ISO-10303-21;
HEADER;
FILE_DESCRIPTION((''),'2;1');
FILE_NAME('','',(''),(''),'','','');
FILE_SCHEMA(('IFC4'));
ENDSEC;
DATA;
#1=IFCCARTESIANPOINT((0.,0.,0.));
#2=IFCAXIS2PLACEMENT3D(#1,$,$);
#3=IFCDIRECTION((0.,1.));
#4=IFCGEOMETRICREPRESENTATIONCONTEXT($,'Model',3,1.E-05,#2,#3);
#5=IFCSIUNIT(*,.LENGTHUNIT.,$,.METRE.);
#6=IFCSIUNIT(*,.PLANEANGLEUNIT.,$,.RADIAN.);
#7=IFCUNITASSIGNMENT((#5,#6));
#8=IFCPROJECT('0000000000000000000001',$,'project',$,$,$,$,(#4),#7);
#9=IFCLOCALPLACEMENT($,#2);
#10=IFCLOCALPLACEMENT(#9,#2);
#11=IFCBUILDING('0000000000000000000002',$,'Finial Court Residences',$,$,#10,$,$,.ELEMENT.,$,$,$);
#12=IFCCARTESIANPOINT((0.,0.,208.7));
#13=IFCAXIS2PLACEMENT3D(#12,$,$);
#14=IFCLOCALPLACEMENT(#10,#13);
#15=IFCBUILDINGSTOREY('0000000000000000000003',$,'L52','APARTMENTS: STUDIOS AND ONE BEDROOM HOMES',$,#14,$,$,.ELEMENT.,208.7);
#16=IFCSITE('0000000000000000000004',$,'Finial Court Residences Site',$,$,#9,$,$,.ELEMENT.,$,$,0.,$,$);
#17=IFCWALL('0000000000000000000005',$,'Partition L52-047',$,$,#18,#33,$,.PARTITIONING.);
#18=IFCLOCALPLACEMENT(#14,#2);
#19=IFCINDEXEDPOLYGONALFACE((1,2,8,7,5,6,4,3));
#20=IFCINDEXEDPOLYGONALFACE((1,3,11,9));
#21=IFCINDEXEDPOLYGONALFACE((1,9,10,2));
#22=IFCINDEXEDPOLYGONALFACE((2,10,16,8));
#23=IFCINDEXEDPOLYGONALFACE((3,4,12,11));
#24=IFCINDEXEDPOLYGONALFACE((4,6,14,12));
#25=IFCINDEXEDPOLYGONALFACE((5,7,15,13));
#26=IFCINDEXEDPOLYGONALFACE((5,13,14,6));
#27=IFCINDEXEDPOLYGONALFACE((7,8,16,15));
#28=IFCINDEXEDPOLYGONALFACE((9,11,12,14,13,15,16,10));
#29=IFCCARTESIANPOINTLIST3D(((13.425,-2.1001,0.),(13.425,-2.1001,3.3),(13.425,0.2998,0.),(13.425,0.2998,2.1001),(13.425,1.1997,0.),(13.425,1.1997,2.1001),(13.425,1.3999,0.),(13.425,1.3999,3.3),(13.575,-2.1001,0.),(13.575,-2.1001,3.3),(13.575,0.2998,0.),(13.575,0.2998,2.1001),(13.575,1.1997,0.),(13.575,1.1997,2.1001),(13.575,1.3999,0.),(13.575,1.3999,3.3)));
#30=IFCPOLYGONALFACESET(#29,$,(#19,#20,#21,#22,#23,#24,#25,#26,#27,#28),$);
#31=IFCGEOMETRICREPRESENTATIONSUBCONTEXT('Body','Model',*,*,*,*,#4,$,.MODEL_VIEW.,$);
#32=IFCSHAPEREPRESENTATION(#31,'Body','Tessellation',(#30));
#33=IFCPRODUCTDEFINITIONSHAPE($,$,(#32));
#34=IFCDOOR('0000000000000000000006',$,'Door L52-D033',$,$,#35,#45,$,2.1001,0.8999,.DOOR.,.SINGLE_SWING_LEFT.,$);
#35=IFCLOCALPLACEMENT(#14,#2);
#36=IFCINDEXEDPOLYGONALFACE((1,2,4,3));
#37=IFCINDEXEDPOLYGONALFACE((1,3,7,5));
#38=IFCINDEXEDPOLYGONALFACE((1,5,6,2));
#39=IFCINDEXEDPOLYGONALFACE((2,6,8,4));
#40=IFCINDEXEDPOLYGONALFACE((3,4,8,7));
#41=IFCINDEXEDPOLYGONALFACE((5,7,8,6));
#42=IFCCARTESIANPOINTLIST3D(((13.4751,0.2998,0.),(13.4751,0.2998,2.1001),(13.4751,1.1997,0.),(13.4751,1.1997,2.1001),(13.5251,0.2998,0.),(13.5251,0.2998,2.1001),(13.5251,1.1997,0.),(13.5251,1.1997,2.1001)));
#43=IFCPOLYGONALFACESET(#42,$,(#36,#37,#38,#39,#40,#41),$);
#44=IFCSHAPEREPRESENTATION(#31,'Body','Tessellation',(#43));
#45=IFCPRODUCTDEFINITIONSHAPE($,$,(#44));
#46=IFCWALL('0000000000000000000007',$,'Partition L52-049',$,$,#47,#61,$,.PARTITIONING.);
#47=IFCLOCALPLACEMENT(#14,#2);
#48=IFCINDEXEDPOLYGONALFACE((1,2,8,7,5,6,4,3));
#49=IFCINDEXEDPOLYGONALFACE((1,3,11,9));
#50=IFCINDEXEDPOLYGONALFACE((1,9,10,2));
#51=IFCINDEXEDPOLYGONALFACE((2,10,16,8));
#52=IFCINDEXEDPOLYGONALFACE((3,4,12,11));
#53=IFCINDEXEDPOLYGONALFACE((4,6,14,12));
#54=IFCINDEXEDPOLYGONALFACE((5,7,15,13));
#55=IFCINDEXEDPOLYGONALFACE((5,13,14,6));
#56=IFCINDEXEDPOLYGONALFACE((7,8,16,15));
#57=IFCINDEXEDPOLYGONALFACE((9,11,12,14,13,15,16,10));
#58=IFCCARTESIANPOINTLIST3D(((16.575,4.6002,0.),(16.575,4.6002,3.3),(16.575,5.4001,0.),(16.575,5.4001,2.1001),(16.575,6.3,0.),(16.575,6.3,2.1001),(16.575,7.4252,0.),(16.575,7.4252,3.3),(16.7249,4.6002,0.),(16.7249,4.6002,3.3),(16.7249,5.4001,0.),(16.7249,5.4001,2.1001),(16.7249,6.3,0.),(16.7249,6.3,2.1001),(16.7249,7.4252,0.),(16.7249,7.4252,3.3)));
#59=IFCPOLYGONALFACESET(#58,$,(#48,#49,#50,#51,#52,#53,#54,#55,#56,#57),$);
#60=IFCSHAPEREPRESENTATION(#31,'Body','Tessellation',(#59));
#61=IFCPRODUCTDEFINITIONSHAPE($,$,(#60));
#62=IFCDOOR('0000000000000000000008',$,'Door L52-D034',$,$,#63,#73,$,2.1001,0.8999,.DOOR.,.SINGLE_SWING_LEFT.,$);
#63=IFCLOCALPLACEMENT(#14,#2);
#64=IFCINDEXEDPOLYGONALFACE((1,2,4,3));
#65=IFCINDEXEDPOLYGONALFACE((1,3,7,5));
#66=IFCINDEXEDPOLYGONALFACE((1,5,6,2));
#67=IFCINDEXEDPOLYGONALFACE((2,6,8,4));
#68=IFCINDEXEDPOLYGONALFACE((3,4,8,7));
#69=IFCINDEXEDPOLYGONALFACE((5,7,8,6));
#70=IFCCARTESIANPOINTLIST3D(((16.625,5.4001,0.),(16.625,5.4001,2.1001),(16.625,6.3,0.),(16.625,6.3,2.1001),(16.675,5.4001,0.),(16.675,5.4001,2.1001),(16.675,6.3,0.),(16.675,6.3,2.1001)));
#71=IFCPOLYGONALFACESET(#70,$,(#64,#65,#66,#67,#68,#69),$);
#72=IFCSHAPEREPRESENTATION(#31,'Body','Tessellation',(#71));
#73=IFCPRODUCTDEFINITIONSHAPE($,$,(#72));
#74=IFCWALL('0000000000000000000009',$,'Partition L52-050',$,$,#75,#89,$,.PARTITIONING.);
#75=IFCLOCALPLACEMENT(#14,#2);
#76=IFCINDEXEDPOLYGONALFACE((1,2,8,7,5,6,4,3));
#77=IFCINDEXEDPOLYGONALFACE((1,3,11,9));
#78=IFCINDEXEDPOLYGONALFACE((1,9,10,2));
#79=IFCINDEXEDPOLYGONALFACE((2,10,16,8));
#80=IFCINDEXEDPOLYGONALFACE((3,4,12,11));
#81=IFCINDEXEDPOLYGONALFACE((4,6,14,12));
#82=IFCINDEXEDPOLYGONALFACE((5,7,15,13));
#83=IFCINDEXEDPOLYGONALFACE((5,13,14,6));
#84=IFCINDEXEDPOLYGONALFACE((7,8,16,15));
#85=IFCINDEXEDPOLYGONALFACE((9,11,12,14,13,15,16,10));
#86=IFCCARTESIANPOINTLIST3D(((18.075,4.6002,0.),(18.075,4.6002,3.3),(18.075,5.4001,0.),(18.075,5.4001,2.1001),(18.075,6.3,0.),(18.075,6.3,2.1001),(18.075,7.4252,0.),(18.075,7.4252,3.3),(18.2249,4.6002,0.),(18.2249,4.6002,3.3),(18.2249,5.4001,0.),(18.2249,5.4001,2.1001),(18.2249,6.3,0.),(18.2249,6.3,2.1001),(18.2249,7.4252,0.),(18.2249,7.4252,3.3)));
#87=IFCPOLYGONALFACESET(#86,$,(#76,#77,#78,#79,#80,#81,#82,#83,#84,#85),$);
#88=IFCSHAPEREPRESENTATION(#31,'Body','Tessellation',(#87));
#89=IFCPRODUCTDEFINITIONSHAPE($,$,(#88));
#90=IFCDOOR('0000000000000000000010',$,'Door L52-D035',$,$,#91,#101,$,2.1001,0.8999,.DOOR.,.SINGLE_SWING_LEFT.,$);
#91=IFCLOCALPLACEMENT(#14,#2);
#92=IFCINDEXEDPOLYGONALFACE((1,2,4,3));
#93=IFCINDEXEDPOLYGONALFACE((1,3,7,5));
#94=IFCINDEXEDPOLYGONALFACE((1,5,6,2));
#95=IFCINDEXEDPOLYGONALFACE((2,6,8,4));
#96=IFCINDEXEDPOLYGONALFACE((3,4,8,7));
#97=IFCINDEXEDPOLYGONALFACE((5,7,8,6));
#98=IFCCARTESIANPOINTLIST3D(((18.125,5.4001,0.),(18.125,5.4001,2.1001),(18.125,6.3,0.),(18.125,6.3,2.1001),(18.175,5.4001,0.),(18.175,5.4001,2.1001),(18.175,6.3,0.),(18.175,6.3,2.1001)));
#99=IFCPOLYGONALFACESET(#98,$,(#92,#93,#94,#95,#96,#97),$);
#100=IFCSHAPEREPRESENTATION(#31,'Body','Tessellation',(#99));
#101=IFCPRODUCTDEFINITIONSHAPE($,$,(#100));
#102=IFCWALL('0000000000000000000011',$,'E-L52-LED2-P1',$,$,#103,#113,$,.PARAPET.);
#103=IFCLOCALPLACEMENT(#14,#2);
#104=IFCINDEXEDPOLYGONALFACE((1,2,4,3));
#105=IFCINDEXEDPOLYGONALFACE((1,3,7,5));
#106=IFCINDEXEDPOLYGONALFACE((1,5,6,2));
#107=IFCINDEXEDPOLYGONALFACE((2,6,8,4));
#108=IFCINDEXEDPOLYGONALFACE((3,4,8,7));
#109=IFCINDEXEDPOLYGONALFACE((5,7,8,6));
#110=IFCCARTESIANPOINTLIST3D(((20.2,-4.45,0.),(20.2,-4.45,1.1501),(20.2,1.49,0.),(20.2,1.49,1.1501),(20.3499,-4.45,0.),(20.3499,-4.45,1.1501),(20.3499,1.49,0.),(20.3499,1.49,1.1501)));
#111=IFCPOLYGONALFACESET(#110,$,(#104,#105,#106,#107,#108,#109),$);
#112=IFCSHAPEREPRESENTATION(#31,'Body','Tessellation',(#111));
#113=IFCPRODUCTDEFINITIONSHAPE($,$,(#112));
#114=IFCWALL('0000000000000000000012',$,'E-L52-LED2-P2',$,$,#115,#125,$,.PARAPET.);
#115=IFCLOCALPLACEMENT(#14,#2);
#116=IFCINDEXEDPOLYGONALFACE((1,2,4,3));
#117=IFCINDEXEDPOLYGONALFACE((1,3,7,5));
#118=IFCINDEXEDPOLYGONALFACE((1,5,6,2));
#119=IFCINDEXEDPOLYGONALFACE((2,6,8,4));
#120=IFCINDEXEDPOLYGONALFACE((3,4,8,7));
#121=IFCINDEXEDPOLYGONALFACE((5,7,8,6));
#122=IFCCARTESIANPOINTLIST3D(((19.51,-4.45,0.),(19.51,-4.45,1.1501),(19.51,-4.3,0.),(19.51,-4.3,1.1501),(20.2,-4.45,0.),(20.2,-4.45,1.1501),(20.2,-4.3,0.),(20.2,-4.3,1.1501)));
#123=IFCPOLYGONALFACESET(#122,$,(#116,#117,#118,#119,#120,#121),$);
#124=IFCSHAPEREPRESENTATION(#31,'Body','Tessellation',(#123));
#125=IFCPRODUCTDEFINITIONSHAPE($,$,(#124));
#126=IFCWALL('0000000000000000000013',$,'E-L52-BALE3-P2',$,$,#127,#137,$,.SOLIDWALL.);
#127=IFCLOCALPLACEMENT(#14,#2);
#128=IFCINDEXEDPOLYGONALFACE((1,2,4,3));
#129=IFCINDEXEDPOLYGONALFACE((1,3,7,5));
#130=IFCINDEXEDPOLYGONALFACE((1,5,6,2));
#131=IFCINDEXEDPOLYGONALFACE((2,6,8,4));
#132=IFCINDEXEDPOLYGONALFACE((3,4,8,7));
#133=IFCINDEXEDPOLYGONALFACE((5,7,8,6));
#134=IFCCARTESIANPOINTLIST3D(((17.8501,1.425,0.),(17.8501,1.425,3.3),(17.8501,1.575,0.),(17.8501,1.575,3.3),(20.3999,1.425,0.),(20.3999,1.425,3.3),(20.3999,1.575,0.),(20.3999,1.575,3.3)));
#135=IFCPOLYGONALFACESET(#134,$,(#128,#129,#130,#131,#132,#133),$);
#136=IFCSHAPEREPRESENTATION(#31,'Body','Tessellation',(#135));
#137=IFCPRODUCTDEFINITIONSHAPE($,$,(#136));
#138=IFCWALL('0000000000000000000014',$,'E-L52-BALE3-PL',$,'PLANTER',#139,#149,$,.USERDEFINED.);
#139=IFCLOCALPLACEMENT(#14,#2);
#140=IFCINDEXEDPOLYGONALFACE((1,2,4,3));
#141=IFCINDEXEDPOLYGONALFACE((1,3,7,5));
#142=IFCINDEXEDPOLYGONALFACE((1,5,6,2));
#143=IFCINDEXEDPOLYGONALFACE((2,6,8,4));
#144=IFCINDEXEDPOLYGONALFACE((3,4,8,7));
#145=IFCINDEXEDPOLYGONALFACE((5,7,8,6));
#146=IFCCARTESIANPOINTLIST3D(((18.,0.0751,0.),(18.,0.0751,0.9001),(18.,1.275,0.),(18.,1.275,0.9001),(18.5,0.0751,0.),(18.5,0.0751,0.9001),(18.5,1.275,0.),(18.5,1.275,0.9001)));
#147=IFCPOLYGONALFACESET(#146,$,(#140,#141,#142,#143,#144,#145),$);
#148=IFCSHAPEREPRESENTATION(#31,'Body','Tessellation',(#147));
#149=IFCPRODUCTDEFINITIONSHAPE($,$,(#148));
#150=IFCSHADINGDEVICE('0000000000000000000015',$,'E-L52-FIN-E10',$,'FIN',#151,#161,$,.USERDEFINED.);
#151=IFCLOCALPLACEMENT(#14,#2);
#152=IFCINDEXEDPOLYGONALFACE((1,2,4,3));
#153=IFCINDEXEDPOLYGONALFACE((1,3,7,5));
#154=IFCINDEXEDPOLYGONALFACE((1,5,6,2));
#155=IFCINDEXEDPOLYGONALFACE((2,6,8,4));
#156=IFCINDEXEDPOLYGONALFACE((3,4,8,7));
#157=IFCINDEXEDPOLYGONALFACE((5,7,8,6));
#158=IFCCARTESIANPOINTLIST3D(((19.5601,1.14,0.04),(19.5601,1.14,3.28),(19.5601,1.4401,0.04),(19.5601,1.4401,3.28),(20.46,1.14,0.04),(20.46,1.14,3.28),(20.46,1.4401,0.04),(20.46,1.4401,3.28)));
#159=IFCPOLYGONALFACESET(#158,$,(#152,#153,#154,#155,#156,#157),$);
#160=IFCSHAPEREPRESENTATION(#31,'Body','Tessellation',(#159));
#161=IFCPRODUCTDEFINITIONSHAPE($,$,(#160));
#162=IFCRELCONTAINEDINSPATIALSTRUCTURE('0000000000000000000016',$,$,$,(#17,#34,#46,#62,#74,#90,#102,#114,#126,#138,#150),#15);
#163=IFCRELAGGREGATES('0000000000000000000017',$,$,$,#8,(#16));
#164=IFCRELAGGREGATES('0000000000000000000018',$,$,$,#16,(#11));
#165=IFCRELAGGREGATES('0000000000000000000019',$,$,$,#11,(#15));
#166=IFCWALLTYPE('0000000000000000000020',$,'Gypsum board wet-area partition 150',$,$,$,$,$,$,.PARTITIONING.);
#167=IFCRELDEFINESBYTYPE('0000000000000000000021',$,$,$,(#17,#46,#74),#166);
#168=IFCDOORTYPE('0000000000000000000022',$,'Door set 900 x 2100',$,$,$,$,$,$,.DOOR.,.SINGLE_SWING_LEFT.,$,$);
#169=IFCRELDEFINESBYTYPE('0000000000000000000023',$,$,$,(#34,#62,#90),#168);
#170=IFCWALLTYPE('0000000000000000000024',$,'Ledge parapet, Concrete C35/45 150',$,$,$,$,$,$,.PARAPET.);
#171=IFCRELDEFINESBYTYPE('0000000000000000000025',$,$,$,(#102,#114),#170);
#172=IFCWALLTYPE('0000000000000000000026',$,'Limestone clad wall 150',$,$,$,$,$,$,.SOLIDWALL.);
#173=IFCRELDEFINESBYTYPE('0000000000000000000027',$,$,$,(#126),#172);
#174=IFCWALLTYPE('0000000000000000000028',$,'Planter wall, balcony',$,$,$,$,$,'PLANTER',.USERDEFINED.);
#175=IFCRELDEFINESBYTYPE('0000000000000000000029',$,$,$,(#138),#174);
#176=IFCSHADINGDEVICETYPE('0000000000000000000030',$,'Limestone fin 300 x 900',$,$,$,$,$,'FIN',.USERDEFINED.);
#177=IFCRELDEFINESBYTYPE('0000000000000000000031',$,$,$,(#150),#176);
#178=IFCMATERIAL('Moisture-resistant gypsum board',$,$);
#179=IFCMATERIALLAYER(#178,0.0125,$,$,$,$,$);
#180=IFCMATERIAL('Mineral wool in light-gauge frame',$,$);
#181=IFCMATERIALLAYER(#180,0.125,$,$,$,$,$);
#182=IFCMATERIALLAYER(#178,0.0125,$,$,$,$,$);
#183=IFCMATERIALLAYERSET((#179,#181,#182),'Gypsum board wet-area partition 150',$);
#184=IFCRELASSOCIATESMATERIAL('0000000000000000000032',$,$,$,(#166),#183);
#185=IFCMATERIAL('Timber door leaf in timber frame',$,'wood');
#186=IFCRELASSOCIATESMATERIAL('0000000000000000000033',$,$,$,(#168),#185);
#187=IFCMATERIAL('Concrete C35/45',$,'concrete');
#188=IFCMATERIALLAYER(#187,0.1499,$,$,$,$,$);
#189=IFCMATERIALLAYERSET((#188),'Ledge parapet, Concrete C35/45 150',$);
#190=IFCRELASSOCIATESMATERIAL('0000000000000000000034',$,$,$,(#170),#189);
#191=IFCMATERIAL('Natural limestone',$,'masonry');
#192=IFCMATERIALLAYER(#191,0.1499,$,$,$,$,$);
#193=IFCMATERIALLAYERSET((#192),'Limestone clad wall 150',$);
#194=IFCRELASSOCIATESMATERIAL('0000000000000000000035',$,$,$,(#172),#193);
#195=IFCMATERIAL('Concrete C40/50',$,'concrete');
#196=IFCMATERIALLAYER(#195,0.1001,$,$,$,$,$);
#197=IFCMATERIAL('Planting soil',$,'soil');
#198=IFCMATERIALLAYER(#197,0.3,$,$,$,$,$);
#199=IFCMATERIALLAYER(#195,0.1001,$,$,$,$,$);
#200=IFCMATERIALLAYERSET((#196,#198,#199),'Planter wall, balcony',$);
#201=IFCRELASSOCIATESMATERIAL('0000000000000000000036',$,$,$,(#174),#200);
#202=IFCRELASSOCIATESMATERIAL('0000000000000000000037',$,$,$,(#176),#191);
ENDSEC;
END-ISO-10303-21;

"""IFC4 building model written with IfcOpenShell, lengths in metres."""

from ifc_helpers import new_model, si_unit, direction, frame, frame_2d, origin, origin_2d, place, context, subcontext, project, spatial, rectangle, extrude, material, layer, layer_set, type_object, element, fill, save


model = new_model("IFC4")

# Units and contexts
model_context = context("Model", 3, precision=1e-05, world=origin(), true_north=direction((0.0, 1.0)))
body_context = subcontext(model_context, "Body", "Model", "MODEL_VIEW")
ifc_project = project(units=[si_unit("LENGTHUNIT", "METRE"), si_unit("PLANEANGLEUNIT", "RADIAN")], contexts=[model_context])

# Site, building, storey
site_placement = place(None, origin())
site = spatial("IfcSite", under=ifc_project, at=site_placement, Name="Finial Court Residences Site", CompositionType="ELEMENT", RefElevation=0.0)
building_placement = place(site_placement, origin())
building = spatial("IfcBuilding", under=site, at=building_placement, Name="Finial Court Residences", CompositionType="ELEMENT")
storey_placement = place(building_placement, frame((0.0, 0.0, 208.7)))
storey = spatial("IfcBuildingStorey", under=building, at=storey_placement, Name="L52", Description="APARTMENTS: STUDIOS AND ONE BEDROOM HOMES", CompositionType="ELEMENT", Elevation=208.7)

# Shared definitions
ifc_material_1 = material(Name="Moisture-resistant gypsum board")
ifc_layer_1 = layer(ifc_material_1, 0.0125)
ifc_material_2 = material(Name="Mineral wool in light-gauge frame")
ifc_layer_2 = layer(ifc_material_2, 0.125)
ifc_layer_3 = layer(ifc_material_1, 0.0125)
ifc_layer_set_1 = layer_set([ifc_layer_1, ifc_layer_2, ifc_layer_3], Name="Gypsum board wet-area partition 150")
wall_type_1 = type_object("IfcWallType", Name="Gypsum board wet-area partition 150", PredefinedType="PARTITIONING", material=ifc_layer_set_1)
ifc_material_3 = material(Name="Timber door leaf in timber frame", Category="wood")
door_type_1 = type_object("IfcDoorType", Name="Door set 900 x 2100", OperationType="SINGLE_SWING_LEFT", PredefinedType="DOOR", material=ifc_material_3)

# Walls, openings, doors
wall_1_placement = place(storey_placement, frame((13.5, -2.1001, 0.0), z_axis=(0.0, 0.0, 1.0), x_axis=(0.0, 1.0, 0.0)))
wall_1 = element("IfcWall", 1, at=wall_1_placement, inside=storey, type_object=wall_type_1, Name="Partition L52-047", PredefinedType="PARTITIONING", context=body_context, shape_type="SweptSolid", body=[
    extrude(rectangle(XDim=3.5, YDim=0.1499, at=frame_2d((1.75, 0.0))), origin(), (0.0, 0.0, 1.0), 3.3),
])
opening_1_placement = place(wall_1_placement, frame((2.3999, 0.0, 0.0)))
opening_1 = element("IfcOpeningElement", 2, at=opening_1_placement, cuts=wall_1, PredefinedType="OPENING", context=body_context, shape_type="SweptSolid", body=[
    extrude(rectangle(XDim=0.8999, YDim=2.1001, at=frame_2d((0.45, 1.05))), frame((0.0, 0.085, 0.0), z_axis=(0.0, -1.0, 0.0), x_axis=(1.0, 0.0, 0.0)), (0.0, 0.0, 1.0), 0.1699),
])
door_1_placement = place(opening_1_placement, origin())
door_1 = element("IfcDoor", 3, at=door_1_placement, inside=storey, type_object=door_type_1, Name="Door L52-D033", OperationType="SINGLE_SWING_LEFT", OverallHeight=2.1001, OverallWidth=0.8999, PredefinedType="DOOR", context=body_context, shape_type="SweptSolid", body=[
    extrude(rectangle(XDim=0.8999, YDim=2.1001, at=frame_2d((0.45, 1.05))), frame((0.0, 0.0249, 0.0), z_axis=(0.0, -1.0, 0.0), x_axis=(1.0, 0.0, 0.0)), (0.0, 0.0, 1.0), 0.05),
])
fill(opening_1, door_1)
wall_2_placement = place(storey_placement, frame((16.6499, 4.6001, 0.0), z_axis=(0.0, 0.0, 1.0), x_axis=(0.0, 1.0, 0.0)))
wall_2 = element("IfcWall", 4, at=wall_2_placement, inside=storey, type_object=wall_type_1, Name="Partition L52-049", PredefinedType="PARTITIONING", context=body_context, shape_type="SweptSolid", body=[
    extrude(rectangle(XDim=2.825, YDim=0.1499, at=frame_2d((1.4126, 0.0))), origin(), (0.0, 0.0, 1.0), 3.3),
])
opening_2_placement = place(wall_2_placement, frame((0.8, 0.0, 0.0)))
opening_2 = element("IfcOpeningElement", 5, at=opening_2_placement, cuts=wall_2, PredefinedType="OPENING", context=body_context, shape_type="SweptSolid", body=[
    extrude(rectangle(XDim=0.8999, YDim=2.1001, at=frame_2d((0.45, 1.05))), frame((0.0, 0.085, 0.0), z_axis=(0.0, -1.0, 0.0), x_axis=(1.0, 0.0, 0.0)), (0.0, 0.0, 1.0), 0.1699),
])
door_2_placement = place(opening_2_placement, origin())
door_2 = element("IfcDoor", 6, at=door_2_placement, inside=storey, type_object=door_type_1, Name="Door L52-D034", OperationType="SINGLE_SWING_LEFT", OverallHeight=2.1001, OverallWidth=0.8999, PredefinedType="DOOR", context=body_context, shape_type="SweptSolid", body=[
    extrude(rectangle(XDim=0.8999, YDim=2.1001, at=frame_2d((0.45, 1.05))), frame((0.0, 0.0249, 0.0), z_axis=(0.0, -1.0, 0.0), x_axis=(1.0, 0.0, 0.0)), (0.0, 0.0, 1.0), 0.05),
])
fill(opening_2, door_2)
wall_3_placement = place(storey_placement, frame((18.1499, 4.6001, 0.0), z_axis=(0.0, 0.0, 1.0), x_axis=(0.0, 1.0, 0.0)))
wall_3 = element("IfcWall", 7, at=wall_3_placement, inside=storey, type_object=wall_type_1, Name="Partition L52-050", PredefinedType="PARTITIONING", context=body_context, shape_type="SweptSolid", body=[
    extrude(rectangle(XDim=2.825, YDim=0.1499, at=frame_2d((1.4126, 0.0))), origin(), (0.0, 0.0, 1.0), 3.3),
])
opening_3_placement = place(wall_3_placement, frame((0.8, 0.0, 0.0)))
opening_3 = element("IfcOpeningElement", 8, at=opening_3_placement, cuts=wall_3, PredefinedType="OPENING", context=body_context, shape_type="SweptSolid", body=[
    extrude(rectangle(XDim=0.8999, YDim=2.1001, at=frame_2d((0.45, 1.05))), frame((0.0, 0.085, 0.0), z_axis=(0.0, -1.0, 0.0), x_axis=(1.0, 0.0, 0.0)), (0.0, 0.0, 1.0), 0.1699),
])
door_3_placement = place(opening_3_placement, origin())
door_3 = element("IfcDoor", 9, at=door_3_placement, inside=storey, type_object=door_type_1, Name="Door L52-D035", OperationType="SINGLE_SWING_LEFT", OverallHeight=2.1001, OverallWidth=0.8999, PredefinedType="DOOR", context=body_context, shape_type="SweptSolid", body=[
    extrude(rectangle(XDim=0.8999, YDim=2.1001, at=frame_2d((0.45, 1.05))), frame((0.0, 0.0249, 0.0), z_axis=(0.0, -1.0, 0.0), x_axis=(1.0, 0.0, 0.0)), (0.0, 0.0, 1.0), 0.05),
])
fill(opening_3, door_3)

# Walls
ifc_material_4 = material(Name="Concrete C35/45", Category="concrete")
ifc_layer_4 = layer(ifc_material_4, 0.1499)
ifc_layer_set_2 = layer_set([ifc_layer_4], Name="Ledge parapet, Concrete C35/45 150")
wall_type_2 = type_object("IfcWallType", Name="Ledge parapet, Concrete C35/45 150", PredefinedType="PARAPET", material=ifc_layer_set_2)
wall_4_placement = place(storey_placement, frame((20.2749, 1.49, 0.0), z_axis=(0.0, 0.0, 1.0), x_axis=(0.0, -1.0, 0.0)))
element("IfcWall", 10, at=wall_4_placement, inside=storey, type_object=wall_type_2, Name="E-L52-LED2-P1", PredefinedType="PARAPET", context=body_context, shape_type="SweptSolid", body=[
    extrude(rectangle(XDim=5.9399, YDim=0.1499, at=frame_2d((2.97, 0.0))), origin(), (0.0, 0.0, 1.0), 1.1501),
])
wall_5_placement = place(storey_placement, frame((20.2, -4.375, 0.0), z_axis=(0.0, 0.0, 1.0), x_axis=(-1.0, 0.0, 0.0)))
element("IfcWall", 11, at=wall_5_placement, inside=storey, type_object=wall_type_2, Name="E-L52-LED2-P2", PredefinedType="PARAPET", context=body_context, shape_type="SweptSolid", body=[
    extrude(rectangle(XDim=0.6899, YDim=0.1499, at=frame_2d((0.345, 0.0))), origin(), (0.0, 0.0, 1.0), 1.1501),
])
ifc_material_5 = material(Name="Natural limestone", Category="masonry")
ifc_layer_5 = layer(ifc_material_5, 0.1499)
ifc_layer_set_3 = layer_set([ifc_layer_5], Name="Limestone clad wall 150")
wall_type_3 = type_object("IfcWallType", Name="Limestone clad wall 150", PredefinedType="SOLIDWALL", material=ifc_layer_set_3)
wall_6_placement = place(storey_placement, frame((17.8501, 1.5, 0.0), z_axis=(0.0, 0.0, 1.0), x_axis=(1.0, 0.0, 0.0)))
element("IfcWall", 12, at=wall_6_placement, inside=storey, type_object=wall_type_3, Name="E-L52-BALE3-P2", PredefinedType="SOLIDWALL", context=body_context, shape_type="SweptSolid", body=[
    extrude(rectangle(XDim=2.5498, YDim=0.1499, at=frame_2d((1.2749, 0.0))), origin(), (0.0, 0.0, 1.0), 3.3),
])

# Wall
ifc_material_6 = material(Name="Concrete C40/50", Category="concrete")
ifc_layer_6 = layer(ifc_material_6, 0.1001)
ifc_material_7 = material(Name="Planting soil", Category="soil")
ifc_layer_7 = layer(ifc_material_7, 0.3)
ifc_layer_8 = layer(ifc_material_6, 0.1001)
ifc_layer_set_4 = layer_set([ifc_layer_6, ifc_layer_7, ifc_layer_8], Name="Planter wall, balcony")
wall_type_4 = type_object("IfcWallType", Name="Planter wall, balcony", ElementType="PLANTER", PredefinedType="USERDEFINED", material=ifc_layer_set_4)
wall_7_placement = place(storey_placement, frame((18.25, 0.075, 0.0), z_axis=(0.0, 0.0, 1.0), x_axis=(0.0, 1.0, 0.0)))
element("IfcWall", 13, at=wall_7_placement, inside=storey, type_object=wall_type_4, Name="E-L52-BALE3-PL", ObjectType="PLANTER", PredefinedType="USERDEFINED", context=body_context, shape_type="SweptSolid", body=[
    extrude(rectangle(XDim=1.2, YDim=0.5, at=frame_2d((0.6001, 0.0))), origin(), (0.0, 0.0, 1.0), 0.9001),
])

# Shading device
shading_device_type = type_object("IfcShadingDeviceType", Name="Limestone fin 300 x 900", ElementType="FIN", PredefinedType="USERDEFINED", material=ifc_material_5)
shading_device_placement = place(storey_placement, frame((20.01, 1.29, 0.04), z_axis=(0.0, 0.0, 1.0), x_axis=(1.0, 0.0, 0.0)))
element("IfcShadingDevice", 14, at=shading_device_placement, inside=storey, type_object=shading_device_type, Name="E-L52-FIN-E10", ObjectType="FIN", PredefinedType="USERDEFINED", context=body_context, shape_type="SweptSolid", body=[
    extrude(rectangle(XDim=0.8999, YDim=0.3, at=origin_2d()), origin(), (0.0, 0.0, 1.0), 3.24),
])

save(model, "model.ifc")
